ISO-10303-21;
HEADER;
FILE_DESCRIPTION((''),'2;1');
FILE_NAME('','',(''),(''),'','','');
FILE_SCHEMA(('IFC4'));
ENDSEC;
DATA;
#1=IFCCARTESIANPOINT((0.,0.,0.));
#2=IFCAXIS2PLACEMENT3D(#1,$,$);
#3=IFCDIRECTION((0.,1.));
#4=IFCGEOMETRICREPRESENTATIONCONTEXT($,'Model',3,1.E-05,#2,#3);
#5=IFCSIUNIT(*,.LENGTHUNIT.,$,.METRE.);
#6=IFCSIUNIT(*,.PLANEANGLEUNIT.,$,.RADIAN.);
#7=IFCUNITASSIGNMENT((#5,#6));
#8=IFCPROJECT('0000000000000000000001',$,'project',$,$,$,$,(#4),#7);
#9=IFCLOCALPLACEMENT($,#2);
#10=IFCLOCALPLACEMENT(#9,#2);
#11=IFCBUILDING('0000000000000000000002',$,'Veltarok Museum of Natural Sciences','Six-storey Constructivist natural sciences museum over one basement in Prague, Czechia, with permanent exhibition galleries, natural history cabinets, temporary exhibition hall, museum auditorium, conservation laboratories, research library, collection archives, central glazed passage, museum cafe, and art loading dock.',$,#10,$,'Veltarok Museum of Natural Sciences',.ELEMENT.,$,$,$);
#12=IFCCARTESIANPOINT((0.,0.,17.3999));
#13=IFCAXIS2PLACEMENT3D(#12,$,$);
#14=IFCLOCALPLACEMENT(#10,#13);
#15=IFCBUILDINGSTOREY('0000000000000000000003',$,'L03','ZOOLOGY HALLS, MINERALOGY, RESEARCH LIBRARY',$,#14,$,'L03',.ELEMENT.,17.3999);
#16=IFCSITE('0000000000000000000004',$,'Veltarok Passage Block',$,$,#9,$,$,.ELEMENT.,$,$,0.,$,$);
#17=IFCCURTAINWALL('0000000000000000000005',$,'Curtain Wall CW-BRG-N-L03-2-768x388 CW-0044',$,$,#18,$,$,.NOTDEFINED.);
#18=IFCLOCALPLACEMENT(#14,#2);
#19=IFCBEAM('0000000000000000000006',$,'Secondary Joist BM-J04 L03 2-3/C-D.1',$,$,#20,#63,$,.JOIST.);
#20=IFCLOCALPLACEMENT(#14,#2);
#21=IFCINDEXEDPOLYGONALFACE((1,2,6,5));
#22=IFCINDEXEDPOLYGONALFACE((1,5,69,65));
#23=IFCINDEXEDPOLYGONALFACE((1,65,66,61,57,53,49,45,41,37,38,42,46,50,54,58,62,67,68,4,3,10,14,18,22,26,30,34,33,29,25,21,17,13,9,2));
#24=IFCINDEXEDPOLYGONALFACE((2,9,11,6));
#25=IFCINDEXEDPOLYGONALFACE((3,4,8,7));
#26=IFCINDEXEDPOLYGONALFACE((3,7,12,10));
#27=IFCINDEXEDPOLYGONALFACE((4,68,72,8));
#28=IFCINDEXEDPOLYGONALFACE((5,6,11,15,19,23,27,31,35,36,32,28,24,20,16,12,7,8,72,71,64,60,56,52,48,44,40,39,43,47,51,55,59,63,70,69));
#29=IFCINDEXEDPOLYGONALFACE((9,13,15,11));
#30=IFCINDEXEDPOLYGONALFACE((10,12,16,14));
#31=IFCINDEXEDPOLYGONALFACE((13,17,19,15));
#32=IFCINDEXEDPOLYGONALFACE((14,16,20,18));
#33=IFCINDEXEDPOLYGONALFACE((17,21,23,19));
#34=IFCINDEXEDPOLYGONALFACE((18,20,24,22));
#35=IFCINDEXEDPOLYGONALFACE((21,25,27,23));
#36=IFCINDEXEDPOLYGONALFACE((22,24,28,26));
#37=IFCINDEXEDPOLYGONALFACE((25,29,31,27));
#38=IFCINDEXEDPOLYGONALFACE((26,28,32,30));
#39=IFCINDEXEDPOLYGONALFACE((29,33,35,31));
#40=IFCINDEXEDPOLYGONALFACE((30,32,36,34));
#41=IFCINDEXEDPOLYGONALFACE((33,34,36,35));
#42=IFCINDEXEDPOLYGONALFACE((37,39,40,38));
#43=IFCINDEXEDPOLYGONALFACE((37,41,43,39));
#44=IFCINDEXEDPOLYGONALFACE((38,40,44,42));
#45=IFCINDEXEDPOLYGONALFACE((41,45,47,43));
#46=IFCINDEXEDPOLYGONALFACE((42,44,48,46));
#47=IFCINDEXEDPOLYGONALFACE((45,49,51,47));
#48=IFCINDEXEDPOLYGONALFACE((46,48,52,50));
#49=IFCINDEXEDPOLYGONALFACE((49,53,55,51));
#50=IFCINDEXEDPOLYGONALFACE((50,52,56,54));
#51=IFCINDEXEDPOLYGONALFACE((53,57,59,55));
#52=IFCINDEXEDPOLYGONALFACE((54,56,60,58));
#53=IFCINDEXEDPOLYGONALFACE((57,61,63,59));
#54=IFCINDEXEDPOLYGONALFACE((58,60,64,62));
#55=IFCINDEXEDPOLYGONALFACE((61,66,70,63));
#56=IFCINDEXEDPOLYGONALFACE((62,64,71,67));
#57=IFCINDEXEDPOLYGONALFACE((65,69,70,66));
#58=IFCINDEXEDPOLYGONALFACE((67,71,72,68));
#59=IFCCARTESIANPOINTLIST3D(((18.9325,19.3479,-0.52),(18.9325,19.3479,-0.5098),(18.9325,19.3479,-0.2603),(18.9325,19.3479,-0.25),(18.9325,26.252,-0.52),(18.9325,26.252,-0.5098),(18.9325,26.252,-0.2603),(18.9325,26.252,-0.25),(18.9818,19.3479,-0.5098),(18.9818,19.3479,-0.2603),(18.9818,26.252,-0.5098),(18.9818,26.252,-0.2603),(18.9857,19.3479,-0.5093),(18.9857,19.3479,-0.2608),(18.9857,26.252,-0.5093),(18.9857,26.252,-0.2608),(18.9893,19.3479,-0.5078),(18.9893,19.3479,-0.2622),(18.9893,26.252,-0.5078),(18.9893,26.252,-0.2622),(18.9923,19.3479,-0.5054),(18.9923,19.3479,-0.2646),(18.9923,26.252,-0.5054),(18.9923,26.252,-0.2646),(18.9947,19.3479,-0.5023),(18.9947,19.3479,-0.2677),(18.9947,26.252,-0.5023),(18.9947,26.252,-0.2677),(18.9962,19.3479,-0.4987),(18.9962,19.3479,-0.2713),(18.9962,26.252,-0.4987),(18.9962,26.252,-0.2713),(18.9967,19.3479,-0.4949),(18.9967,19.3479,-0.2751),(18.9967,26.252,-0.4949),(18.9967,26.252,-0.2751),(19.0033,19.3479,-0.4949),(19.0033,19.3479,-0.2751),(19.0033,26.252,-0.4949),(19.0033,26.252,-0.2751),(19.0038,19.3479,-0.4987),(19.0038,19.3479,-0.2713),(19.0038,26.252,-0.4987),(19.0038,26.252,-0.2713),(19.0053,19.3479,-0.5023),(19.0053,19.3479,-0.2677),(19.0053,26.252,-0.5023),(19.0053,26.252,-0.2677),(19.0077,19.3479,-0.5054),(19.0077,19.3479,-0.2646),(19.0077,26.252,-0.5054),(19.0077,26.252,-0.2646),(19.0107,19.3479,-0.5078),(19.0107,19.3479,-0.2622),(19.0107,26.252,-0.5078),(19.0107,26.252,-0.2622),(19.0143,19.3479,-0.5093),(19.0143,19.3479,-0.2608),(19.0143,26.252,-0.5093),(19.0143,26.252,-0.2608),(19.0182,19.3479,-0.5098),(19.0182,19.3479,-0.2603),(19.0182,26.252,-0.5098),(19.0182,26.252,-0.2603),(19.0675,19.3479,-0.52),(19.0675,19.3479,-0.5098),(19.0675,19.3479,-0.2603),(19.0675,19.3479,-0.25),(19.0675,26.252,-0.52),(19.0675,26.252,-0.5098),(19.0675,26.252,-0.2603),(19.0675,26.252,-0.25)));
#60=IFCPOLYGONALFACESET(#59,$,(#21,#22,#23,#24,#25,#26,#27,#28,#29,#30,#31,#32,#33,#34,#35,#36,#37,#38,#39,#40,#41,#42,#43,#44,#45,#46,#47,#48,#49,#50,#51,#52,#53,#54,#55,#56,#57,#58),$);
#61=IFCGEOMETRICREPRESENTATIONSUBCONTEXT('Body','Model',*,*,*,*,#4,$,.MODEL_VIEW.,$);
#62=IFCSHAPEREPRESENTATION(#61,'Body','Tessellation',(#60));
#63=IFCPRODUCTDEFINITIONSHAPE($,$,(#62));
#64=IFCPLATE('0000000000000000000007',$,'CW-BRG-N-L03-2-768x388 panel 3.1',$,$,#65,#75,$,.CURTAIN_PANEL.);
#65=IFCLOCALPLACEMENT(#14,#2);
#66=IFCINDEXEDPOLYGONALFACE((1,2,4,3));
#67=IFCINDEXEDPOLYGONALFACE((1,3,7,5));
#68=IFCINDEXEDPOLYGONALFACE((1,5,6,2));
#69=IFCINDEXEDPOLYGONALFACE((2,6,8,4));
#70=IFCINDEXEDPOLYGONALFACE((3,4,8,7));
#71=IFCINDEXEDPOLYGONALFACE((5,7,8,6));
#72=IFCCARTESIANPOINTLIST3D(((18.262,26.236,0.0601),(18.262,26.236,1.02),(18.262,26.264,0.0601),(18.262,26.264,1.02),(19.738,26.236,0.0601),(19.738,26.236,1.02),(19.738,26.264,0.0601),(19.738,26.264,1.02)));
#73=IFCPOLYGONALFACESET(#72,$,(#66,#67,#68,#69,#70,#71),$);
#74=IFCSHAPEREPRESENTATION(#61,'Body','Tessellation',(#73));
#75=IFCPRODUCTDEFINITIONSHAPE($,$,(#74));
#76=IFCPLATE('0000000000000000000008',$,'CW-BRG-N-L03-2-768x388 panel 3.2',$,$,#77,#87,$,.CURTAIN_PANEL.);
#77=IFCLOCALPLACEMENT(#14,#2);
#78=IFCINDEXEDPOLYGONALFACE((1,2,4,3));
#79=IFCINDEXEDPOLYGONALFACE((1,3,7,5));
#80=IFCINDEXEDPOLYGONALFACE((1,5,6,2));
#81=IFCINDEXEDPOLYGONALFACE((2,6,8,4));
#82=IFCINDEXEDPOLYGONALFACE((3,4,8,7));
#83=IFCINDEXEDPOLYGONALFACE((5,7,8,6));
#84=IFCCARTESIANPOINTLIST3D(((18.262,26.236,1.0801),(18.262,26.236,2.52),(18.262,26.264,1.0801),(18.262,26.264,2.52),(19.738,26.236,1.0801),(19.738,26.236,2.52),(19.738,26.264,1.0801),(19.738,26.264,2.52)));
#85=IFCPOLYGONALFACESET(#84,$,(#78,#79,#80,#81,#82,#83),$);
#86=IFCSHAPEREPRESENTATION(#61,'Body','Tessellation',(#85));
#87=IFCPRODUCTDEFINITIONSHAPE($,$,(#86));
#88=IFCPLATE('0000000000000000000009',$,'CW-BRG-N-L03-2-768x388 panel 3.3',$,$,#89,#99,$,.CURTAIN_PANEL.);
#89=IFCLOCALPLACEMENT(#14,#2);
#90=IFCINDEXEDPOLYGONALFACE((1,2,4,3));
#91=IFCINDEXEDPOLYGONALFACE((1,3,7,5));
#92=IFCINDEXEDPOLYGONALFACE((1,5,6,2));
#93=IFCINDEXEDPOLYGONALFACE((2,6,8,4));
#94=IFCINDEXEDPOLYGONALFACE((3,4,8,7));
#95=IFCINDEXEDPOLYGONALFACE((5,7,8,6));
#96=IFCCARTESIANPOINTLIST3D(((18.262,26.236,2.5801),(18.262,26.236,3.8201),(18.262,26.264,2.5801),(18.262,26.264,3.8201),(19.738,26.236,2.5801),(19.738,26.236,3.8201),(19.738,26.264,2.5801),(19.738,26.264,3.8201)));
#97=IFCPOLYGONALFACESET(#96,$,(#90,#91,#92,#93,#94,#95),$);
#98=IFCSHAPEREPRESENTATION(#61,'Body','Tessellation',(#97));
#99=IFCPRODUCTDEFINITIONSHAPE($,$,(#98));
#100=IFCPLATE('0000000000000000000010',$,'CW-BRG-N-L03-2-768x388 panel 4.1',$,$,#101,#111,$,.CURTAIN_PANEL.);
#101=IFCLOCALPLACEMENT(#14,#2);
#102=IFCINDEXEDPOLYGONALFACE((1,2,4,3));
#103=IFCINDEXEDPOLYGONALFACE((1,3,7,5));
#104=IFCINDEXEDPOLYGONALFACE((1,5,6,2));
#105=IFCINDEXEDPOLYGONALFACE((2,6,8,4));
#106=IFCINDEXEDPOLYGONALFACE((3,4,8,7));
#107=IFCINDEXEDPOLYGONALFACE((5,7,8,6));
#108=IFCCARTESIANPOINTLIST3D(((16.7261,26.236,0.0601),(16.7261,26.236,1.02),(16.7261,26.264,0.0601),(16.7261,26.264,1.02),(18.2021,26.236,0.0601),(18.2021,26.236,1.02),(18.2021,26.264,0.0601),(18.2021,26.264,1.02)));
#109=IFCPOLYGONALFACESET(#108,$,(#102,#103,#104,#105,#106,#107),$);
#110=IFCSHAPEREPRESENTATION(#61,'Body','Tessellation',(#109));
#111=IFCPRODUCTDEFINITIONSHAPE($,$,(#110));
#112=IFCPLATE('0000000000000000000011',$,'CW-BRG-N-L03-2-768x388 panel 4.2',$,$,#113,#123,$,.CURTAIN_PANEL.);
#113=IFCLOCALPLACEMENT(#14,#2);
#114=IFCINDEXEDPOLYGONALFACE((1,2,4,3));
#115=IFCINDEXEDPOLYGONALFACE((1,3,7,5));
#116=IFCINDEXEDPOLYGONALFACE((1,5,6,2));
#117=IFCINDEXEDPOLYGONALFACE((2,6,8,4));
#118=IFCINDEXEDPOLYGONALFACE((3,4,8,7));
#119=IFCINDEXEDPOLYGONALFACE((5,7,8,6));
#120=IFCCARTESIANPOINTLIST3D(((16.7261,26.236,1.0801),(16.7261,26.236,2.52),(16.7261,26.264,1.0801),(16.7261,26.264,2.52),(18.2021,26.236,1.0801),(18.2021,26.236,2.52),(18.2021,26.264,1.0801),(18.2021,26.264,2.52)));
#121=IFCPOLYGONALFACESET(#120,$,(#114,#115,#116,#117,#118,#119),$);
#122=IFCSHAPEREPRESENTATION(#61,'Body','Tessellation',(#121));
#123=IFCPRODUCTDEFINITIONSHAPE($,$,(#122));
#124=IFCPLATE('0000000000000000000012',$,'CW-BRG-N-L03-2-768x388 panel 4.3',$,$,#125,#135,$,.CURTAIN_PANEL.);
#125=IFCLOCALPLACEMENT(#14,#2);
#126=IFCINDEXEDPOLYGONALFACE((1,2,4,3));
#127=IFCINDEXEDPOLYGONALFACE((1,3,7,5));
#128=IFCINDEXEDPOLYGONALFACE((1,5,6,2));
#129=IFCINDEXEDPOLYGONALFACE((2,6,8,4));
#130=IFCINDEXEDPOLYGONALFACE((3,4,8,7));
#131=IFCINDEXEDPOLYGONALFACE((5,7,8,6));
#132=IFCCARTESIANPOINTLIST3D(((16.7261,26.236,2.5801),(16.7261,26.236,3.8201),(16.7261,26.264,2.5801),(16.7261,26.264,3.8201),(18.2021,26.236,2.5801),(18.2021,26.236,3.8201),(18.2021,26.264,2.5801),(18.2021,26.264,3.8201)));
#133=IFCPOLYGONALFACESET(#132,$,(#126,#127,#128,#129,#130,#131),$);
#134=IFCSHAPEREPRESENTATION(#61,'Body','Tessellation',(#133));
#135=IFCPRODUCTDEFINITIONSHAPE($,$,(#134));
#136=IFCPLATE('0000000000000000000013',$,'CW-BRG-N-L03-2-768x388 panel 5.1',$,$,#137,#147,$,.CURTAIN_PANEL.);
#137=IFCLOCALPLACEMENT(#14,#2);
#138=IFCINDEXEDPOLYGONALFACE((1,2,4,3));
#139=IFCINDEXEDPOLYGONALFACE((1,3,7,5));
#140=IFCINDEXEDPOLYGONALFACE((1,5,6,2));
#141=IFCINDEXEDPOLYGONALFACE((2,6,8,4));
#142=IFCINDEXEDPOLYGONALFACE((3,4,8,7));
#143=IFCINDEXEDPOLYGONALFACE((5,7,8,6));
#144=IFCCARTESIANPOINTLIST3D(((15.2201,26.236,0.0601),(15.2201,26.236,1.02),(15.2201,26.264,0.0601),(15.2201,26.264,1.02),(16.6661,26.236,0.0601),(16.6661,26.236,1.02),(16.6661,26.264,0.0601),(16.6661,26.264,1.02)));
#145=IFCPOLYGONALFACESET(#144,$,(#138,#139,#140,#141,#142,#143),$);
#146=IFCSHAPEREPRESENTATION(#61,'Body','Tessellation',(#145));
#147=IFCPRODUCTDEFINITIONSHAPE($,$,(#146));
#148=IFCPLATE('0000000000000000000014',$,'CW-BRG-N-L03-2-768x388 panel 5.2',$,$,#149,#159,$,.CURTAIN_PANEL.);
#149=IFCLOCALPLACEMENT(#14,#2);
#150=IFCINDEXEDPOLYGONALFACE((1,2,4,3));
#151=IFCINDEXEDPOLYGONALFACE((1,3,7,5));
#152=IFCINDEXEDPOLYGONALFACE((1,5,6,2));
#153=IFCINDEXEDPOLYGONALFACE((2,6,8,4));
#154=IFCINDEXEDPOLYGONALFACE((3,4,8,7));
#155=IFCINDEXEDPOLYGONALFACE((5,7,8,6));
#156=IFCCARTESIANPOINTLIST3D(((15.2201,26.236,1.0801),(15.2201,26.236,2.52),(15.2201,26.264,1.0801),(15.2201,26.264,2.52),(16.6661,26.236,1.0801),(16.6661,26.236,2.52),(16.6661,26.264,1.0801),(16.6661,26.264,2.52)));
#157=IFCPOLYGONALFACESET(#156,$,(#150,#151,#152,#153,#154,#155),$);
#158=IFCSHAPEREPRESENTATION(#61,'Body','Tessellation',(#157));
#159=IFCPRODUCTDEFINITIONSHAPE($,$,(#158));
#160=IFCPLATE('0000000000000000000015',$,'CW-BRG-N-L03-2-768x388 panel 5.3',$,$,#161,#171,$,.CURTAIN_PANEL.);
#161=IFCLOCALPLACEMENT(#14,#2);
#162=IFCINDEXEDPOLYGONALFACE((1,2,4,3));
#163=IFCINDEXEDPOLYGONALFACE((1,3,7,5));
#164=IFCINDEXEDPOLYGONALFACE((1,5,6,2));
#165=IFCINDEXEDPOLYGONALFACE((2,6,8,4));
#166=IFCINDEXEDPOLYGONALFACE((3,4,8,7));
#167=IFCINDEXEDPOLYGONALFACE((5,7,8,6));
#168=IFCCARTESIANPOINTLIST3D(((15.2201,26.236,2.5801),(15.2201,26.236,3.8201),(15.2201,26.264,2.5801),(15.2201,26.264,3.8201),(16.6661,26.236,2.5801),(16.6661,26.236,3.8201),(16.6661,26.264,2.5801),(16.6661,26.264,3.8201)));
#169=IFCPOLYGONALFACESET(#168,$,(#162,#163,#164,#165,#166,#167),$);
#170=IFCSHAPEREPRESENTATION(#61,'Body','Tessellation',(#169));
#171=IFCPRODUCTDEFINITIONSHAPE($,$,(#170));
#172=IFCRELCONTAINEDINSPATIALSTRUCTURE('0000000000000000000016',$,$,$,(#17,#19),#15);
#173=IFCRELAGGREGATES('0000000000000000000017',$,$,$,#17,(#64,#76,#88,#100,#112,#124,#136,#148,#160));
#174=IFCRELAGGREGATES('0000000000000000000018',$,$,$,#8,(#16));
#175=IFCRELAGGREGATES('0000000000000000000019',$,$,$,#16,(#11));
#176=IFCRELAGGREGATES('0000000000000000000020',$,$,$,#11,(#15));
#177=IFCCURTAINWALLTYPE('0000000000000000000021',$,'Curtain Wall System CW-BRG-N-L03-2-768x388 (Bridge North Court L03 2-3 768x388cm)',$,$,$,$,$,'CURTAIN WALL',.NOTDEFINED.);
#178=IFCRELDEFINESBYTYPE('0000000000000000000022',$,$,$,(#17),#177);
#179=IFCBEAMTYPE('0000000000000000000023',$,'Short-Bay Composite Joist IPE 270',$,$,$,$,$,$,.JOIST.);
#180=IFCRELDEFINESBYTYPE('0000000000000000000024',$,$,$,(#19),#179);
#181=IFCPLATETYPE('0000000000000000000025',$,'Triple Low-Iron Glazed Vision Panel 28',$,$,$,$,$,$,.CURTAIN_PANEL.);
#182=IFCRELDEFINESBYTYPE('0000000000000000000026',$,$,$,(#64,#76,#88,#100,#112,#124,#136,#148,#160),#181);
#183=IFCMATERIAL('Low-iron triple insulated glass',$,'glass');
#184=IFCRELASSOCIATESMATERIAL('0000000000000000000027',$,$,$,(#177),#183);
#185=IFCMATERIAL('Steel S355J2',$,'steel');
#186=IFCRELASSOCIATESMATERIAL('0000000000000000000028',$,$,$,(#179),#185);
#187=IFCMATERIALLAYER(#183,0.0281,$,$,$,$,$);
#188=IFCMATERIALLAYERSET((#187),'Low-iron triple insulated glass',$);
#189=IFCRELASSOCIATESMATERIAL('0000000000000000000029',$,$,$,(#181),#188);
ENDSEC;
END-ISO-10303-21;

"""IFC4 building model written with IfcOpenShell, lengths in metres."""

from ifc_helpers import new_model, si_unit, direction, frame, origin, origin_2d, place, context, subcontext, project, spatial, rectangle, i_section, extrude, material, layer, layer_set, material_profile, profile_set, type_object, element, aggregate, save


model = new_model("IFC4")

# Units and contexts
model_context = context("Model", 3, precision=1e-05, world=origin(), true_north=direction((0.0, 1.0)))
body_context = subcontext(model_context, "Body", "Model", "MODEL_VIEW")
ifc_project = project(units=[si_unit("LENGTHUNIT", "METRE"), si_unit("PLANEANGLEUNIT", "RADIAN")], contexts=[model_context])

# Site, building, storey
site_placement = place(None, origin())
site = spatial("IfcSite", under=ifc_project, at=site_placement, Name="Veltarok Passage Block", CompositionType="ELEMENT", RefElevation=0.0)
building_placement = place(site_placement, origin())
building = spatial("IfcBuilding", under=site, at=building_placement, Name="Veltarok Museum of Natural Sciences", Description="Six-storey Constructivist natural sciences museum over one basement in Prague, Czechia, with permanent exhibition galleries, natural history cabinets, temporary exhibition hall, museum auditorium, conservation laboratories, research library, collection archives, central glazed passage, museum cafe, and art loading dock.", LongName="Veltarok Museum of Natural Sciences", CompositionType="ELEMENT")
storey_placement = place(building_placement, frame((0.0, 0.0, 17.3999)))
storey = spatial("IfcBuildingStorey", under=building, at=storey_placement, Name="L03", Description="ZOOLOGY HALLS, MINERALOGY, RESEARCH LIBRARY", LongName="L03", CompositionType="ELEMENT", Elevation=17.3999)

# Shared definitions
ifc_material_1 = material(Name="Steel S355J2", Category="steel")

# Shared definitions
ifc_material_2 = material(Name="Low-iron triple insulated glass", Category="glass")

# Curtain wall
curtain_wall_type_1 = type_object("IfcCurtainWallType", Name="Curtain Wall System CW-BRG-N-L03-2-768x388 (Bridge North Court L03 2-3 768x388cm)", ElementType="CURTAIN WALL", PredefinedType="NOTDEFINED", material=ifc_material_2)
curtain_wall_1_placement = place(storey_placement, origin())
curtain_wall_1 = element("IfcCurtainWall", 1, at=curtain_wall_1_placement, inside=storey, type_object=curtain_wall_type_1, Name="Curtain Wall CW-BRG-N-L03-2-768x388 CW-0044", PredefinedType="NOTDEFINED")

# Beam
ifc_material_profile_1 = material_profile(ifc_material_1, i_section(OverallWidth=0.135, OverallDepth=0.27, WebThickness=0.0066, FlangeThickness=0.0103, FilletRadius=0.0149, at=origin_2d()), Name="IPE 270")
ifc_profile_set_1 = profile_set([ifc_material_profile_1], Name="Steel S355J2")
beam_type_1 = type_object("IfcBeamType", Name="Short-Bay Composite Joist IPE 270", PredefinedType="JOIST", material=ifc_profile_set_1)
beam_1_placement = place(storey_placement, frame((19.0, 19.3479, -0.385), z_axis=(0.0, 1.0, 0.0), x_axis=(-1.0, 0.0, 0.0)))
element("IfcBeam", 2, at=beam_1_placement, inside=storey, type_object=beam_type_1, Name="Secondary Joist BM-J04 L03 2-3/C-D.1", PredefinedType="JOIST", context=body_context, shape_type="SweptSolid", body=[
    extrude(i_section(OverallWidth=0.135, OverallDepth=0.27, WebThickness=0.0066, FlangeThickness=0.0103, FilletRadius=0.0149, at=origin_2d()), origin(), (0.0, 0.0, 1.0), 6.9041),
])

# Plates
ifc_layer = layer(ifc_material_2, 0.0281)
ifc_layer_set = layer_set([ifc_layer], Name="Low-iron triple insulated glass")
plate_type = type_object("IfcPlateType", Name="Triple Low-Iron Glazed Vision Panel 28", PredefinedType="CURTAIN_PANEL", material=ifc_layer_set)
plate_1_placement = place(storey_placement, frame((19.0, 26.25, 0.0601), z_axis=(0.0, 0.0, 1.0), x_axis=(-1.0, 0.0, 0.0)))
plate_1 = element("IfcPlate", 3, at=plate_1_placement, type_object=plate_type, Name="CW-BRG-N-L03-2-768x388 panel 3.1", PredefinedType="CURTAIN_PANEL", context=body_context, shape_type="SweptSolid", body=[
    extrude(rectangle(XDim=1.4761, YDim=0.0281, at=origin_2d()), origin(), (0.0, 0.0, 1.0), 0.96),
])
plate_2_placement = place(storey_placement, frame((19.0, 26.25, 1.0801), z_axis=(0.0, 0.0, 1.0), x_axis=(-1.0, 0.0, 0.0)))
plate_2 = element("IfcPlate", 4, at=plate_2_placement, type_object=plate_type, Name="CW-BRG-N-L03-2-768x388 panel 3.2", PredefinedType="CURTAIN_PANEL", context=body_context, shape_type="SweptSolid", body=[
    extrude(rectangle(XDim=1.4761, YDim=0.0281, at=origin_2d()), origin(), (0.0, 0.0, 1.0), 1.4399),
])
plate_3_placement = place(storey_placement, frame((19.0, 26.25, 2.5801), z_axis=(0.0, 0.0, 1.0), x_axis=(-1.0, 0.0, 0.0)))
plate_3 = element("IfcPlate", 5, at=plate_3_placement, type_object=plate_type, Name="CW-BRG-N-L03-2-768x388 panel 3.3", PredefinedType="CURTAIN_PANEL", context=body_context, shape_type="SweptSolid", body=[
    extrude(rectangle(XDim=1.4761, YDim=0.0281, at=origin_2d()), origin(), (0.0, 0.0, 1.0), 1.24),
])
plate_4_placement = place(storey_placement, frame((17.4641, 26.25, 0.0601), z_axis=(0.0, 0.0, 1.0), x_axis=(-1.0, 0.0, 0.0)))
plate_4 = element("IfcPlate", 6, at=plate_4_placement, type_object=plate_type, Name="CW-BRG-N-L03-2-768x388 panel 4.1", PredefinedType="CURTAIN_PANEL", context=body_context, shape_type="SweptSolid", body=[
    extrude(rectangle(XDim=1.4761, YDim=0.0281, at=origin_2d()), origin(), (0.0, 0.0, 1.0), 0.96),
])
plate_5_placement = place(storey_placement, frame((17.4641, 26.25, 1.0801), z_axis=(0.0, 0.0, 1.0), x_axis=(-1.0, 0.0, 0.0)))
plate_5 = element("IfcPlate", 7, at=plate_5_placement, type_object=plate_type, Name="CW-BRG-N-L03-2-768x388 panel 4.2", PredefinedType="CURTAIN_PANEL", context=body_context, shape_type="SweptSolid", body=[
    extrude(rectangle(XDim=1.4761, YDim=0.0281, at=origin_2d()), origin(), (0.0, 0.0, 1.0), 1.4399),
])
plate_6_placement = place(storey_placement, frame((17.4641, 26.25, 2.5801), z_axis=(0.0, 0.0, 1.0), x_axis=(-1.0, 0.0, 0.0)))
plate_6 = element("IfcPlate", 8, at=plate_6_placement, type_object=plate_type, Name="CW-BRG-N-L03-2-768x388 panel 4.3", PredefinedType="CURTAIN_PANEL", context=body_context, shape_type="SweptSolid", body=[
    extrude(rectangle(XDim=1.4761, YDim=0.0281, at=origin_2d()), origin(), (0.0, 0.0, 1.0), 1.24),
])
plate_7_placement = place(storey_placement, frame((15.9431, 26.25, 0.0601), z_axis=(0.0, 0.0, 1.0), x_axis=(-1.0, 0.0, 0.0)))
plate_7 = element("IfcPlate", 9, at=plate_7_placement, type_object=plate_type, Name="CW-BRG-N-L03-2-768x388 panel 5.1", PredefinedType="CURTAIN_PANEL", context=body_context, shape_type="SweptSolid", body=[
    extrude(rectangle(XDim=1.446, YDim=0.0281, at=origin_2d()), origin(), (0.0, 0.0, 1.0), 0.96),
])
plate_8_placement = place(storey_placement, frame((15.9431, 26.25, 1.0801), z_axis=(0.0, 0.0, 1.0), x_axis=(-1.0, 0.0, 0.0)))
plate_8 = element("IfcPlate", 10, at=plate_8_placement, type_object=plate_type, Name="CW-BRG-N-L03-2-768x388 panel 5.2", PredefinedType="CURTAIN_PANEL", context=body_context, shape_type="SweptSolid", body=[
    extrude(rectangle(XDim=1.446, YDim=0.0281, at=origin_2d()), origin(), (0.0, 0.0, 1.0), 1.4399),
])
plate_9_placement = place(storey_placement, frame((15.9431, 26.25, 2.5801), z_axis=(0.0, 0.0, 1.0), x_axis=(-1.0, 0.0, 0.0)))
plate_9 = element("IfcPlate", 11, at=plate_9_placement, type_object=plate_type, Name="CW-BRG-N-L03-2-768x388 panel 5.3", PredefinedType="CURTAIN_PANEL", context=body_context, shape_type="SweptSolid", body=[
    extrude(rectangle(XDim=1.446, YDim=0.0281, at=origin_2d()), origin(), (0.0, 0.0, 1.0), 1.24),
])
aggregate(curtain_wall_1, [plate_1, plate_2, plate_3, plate_4, plate_5, plate_6, plate_7, plate_8, plate_9])

save(model, "model.ifc")
